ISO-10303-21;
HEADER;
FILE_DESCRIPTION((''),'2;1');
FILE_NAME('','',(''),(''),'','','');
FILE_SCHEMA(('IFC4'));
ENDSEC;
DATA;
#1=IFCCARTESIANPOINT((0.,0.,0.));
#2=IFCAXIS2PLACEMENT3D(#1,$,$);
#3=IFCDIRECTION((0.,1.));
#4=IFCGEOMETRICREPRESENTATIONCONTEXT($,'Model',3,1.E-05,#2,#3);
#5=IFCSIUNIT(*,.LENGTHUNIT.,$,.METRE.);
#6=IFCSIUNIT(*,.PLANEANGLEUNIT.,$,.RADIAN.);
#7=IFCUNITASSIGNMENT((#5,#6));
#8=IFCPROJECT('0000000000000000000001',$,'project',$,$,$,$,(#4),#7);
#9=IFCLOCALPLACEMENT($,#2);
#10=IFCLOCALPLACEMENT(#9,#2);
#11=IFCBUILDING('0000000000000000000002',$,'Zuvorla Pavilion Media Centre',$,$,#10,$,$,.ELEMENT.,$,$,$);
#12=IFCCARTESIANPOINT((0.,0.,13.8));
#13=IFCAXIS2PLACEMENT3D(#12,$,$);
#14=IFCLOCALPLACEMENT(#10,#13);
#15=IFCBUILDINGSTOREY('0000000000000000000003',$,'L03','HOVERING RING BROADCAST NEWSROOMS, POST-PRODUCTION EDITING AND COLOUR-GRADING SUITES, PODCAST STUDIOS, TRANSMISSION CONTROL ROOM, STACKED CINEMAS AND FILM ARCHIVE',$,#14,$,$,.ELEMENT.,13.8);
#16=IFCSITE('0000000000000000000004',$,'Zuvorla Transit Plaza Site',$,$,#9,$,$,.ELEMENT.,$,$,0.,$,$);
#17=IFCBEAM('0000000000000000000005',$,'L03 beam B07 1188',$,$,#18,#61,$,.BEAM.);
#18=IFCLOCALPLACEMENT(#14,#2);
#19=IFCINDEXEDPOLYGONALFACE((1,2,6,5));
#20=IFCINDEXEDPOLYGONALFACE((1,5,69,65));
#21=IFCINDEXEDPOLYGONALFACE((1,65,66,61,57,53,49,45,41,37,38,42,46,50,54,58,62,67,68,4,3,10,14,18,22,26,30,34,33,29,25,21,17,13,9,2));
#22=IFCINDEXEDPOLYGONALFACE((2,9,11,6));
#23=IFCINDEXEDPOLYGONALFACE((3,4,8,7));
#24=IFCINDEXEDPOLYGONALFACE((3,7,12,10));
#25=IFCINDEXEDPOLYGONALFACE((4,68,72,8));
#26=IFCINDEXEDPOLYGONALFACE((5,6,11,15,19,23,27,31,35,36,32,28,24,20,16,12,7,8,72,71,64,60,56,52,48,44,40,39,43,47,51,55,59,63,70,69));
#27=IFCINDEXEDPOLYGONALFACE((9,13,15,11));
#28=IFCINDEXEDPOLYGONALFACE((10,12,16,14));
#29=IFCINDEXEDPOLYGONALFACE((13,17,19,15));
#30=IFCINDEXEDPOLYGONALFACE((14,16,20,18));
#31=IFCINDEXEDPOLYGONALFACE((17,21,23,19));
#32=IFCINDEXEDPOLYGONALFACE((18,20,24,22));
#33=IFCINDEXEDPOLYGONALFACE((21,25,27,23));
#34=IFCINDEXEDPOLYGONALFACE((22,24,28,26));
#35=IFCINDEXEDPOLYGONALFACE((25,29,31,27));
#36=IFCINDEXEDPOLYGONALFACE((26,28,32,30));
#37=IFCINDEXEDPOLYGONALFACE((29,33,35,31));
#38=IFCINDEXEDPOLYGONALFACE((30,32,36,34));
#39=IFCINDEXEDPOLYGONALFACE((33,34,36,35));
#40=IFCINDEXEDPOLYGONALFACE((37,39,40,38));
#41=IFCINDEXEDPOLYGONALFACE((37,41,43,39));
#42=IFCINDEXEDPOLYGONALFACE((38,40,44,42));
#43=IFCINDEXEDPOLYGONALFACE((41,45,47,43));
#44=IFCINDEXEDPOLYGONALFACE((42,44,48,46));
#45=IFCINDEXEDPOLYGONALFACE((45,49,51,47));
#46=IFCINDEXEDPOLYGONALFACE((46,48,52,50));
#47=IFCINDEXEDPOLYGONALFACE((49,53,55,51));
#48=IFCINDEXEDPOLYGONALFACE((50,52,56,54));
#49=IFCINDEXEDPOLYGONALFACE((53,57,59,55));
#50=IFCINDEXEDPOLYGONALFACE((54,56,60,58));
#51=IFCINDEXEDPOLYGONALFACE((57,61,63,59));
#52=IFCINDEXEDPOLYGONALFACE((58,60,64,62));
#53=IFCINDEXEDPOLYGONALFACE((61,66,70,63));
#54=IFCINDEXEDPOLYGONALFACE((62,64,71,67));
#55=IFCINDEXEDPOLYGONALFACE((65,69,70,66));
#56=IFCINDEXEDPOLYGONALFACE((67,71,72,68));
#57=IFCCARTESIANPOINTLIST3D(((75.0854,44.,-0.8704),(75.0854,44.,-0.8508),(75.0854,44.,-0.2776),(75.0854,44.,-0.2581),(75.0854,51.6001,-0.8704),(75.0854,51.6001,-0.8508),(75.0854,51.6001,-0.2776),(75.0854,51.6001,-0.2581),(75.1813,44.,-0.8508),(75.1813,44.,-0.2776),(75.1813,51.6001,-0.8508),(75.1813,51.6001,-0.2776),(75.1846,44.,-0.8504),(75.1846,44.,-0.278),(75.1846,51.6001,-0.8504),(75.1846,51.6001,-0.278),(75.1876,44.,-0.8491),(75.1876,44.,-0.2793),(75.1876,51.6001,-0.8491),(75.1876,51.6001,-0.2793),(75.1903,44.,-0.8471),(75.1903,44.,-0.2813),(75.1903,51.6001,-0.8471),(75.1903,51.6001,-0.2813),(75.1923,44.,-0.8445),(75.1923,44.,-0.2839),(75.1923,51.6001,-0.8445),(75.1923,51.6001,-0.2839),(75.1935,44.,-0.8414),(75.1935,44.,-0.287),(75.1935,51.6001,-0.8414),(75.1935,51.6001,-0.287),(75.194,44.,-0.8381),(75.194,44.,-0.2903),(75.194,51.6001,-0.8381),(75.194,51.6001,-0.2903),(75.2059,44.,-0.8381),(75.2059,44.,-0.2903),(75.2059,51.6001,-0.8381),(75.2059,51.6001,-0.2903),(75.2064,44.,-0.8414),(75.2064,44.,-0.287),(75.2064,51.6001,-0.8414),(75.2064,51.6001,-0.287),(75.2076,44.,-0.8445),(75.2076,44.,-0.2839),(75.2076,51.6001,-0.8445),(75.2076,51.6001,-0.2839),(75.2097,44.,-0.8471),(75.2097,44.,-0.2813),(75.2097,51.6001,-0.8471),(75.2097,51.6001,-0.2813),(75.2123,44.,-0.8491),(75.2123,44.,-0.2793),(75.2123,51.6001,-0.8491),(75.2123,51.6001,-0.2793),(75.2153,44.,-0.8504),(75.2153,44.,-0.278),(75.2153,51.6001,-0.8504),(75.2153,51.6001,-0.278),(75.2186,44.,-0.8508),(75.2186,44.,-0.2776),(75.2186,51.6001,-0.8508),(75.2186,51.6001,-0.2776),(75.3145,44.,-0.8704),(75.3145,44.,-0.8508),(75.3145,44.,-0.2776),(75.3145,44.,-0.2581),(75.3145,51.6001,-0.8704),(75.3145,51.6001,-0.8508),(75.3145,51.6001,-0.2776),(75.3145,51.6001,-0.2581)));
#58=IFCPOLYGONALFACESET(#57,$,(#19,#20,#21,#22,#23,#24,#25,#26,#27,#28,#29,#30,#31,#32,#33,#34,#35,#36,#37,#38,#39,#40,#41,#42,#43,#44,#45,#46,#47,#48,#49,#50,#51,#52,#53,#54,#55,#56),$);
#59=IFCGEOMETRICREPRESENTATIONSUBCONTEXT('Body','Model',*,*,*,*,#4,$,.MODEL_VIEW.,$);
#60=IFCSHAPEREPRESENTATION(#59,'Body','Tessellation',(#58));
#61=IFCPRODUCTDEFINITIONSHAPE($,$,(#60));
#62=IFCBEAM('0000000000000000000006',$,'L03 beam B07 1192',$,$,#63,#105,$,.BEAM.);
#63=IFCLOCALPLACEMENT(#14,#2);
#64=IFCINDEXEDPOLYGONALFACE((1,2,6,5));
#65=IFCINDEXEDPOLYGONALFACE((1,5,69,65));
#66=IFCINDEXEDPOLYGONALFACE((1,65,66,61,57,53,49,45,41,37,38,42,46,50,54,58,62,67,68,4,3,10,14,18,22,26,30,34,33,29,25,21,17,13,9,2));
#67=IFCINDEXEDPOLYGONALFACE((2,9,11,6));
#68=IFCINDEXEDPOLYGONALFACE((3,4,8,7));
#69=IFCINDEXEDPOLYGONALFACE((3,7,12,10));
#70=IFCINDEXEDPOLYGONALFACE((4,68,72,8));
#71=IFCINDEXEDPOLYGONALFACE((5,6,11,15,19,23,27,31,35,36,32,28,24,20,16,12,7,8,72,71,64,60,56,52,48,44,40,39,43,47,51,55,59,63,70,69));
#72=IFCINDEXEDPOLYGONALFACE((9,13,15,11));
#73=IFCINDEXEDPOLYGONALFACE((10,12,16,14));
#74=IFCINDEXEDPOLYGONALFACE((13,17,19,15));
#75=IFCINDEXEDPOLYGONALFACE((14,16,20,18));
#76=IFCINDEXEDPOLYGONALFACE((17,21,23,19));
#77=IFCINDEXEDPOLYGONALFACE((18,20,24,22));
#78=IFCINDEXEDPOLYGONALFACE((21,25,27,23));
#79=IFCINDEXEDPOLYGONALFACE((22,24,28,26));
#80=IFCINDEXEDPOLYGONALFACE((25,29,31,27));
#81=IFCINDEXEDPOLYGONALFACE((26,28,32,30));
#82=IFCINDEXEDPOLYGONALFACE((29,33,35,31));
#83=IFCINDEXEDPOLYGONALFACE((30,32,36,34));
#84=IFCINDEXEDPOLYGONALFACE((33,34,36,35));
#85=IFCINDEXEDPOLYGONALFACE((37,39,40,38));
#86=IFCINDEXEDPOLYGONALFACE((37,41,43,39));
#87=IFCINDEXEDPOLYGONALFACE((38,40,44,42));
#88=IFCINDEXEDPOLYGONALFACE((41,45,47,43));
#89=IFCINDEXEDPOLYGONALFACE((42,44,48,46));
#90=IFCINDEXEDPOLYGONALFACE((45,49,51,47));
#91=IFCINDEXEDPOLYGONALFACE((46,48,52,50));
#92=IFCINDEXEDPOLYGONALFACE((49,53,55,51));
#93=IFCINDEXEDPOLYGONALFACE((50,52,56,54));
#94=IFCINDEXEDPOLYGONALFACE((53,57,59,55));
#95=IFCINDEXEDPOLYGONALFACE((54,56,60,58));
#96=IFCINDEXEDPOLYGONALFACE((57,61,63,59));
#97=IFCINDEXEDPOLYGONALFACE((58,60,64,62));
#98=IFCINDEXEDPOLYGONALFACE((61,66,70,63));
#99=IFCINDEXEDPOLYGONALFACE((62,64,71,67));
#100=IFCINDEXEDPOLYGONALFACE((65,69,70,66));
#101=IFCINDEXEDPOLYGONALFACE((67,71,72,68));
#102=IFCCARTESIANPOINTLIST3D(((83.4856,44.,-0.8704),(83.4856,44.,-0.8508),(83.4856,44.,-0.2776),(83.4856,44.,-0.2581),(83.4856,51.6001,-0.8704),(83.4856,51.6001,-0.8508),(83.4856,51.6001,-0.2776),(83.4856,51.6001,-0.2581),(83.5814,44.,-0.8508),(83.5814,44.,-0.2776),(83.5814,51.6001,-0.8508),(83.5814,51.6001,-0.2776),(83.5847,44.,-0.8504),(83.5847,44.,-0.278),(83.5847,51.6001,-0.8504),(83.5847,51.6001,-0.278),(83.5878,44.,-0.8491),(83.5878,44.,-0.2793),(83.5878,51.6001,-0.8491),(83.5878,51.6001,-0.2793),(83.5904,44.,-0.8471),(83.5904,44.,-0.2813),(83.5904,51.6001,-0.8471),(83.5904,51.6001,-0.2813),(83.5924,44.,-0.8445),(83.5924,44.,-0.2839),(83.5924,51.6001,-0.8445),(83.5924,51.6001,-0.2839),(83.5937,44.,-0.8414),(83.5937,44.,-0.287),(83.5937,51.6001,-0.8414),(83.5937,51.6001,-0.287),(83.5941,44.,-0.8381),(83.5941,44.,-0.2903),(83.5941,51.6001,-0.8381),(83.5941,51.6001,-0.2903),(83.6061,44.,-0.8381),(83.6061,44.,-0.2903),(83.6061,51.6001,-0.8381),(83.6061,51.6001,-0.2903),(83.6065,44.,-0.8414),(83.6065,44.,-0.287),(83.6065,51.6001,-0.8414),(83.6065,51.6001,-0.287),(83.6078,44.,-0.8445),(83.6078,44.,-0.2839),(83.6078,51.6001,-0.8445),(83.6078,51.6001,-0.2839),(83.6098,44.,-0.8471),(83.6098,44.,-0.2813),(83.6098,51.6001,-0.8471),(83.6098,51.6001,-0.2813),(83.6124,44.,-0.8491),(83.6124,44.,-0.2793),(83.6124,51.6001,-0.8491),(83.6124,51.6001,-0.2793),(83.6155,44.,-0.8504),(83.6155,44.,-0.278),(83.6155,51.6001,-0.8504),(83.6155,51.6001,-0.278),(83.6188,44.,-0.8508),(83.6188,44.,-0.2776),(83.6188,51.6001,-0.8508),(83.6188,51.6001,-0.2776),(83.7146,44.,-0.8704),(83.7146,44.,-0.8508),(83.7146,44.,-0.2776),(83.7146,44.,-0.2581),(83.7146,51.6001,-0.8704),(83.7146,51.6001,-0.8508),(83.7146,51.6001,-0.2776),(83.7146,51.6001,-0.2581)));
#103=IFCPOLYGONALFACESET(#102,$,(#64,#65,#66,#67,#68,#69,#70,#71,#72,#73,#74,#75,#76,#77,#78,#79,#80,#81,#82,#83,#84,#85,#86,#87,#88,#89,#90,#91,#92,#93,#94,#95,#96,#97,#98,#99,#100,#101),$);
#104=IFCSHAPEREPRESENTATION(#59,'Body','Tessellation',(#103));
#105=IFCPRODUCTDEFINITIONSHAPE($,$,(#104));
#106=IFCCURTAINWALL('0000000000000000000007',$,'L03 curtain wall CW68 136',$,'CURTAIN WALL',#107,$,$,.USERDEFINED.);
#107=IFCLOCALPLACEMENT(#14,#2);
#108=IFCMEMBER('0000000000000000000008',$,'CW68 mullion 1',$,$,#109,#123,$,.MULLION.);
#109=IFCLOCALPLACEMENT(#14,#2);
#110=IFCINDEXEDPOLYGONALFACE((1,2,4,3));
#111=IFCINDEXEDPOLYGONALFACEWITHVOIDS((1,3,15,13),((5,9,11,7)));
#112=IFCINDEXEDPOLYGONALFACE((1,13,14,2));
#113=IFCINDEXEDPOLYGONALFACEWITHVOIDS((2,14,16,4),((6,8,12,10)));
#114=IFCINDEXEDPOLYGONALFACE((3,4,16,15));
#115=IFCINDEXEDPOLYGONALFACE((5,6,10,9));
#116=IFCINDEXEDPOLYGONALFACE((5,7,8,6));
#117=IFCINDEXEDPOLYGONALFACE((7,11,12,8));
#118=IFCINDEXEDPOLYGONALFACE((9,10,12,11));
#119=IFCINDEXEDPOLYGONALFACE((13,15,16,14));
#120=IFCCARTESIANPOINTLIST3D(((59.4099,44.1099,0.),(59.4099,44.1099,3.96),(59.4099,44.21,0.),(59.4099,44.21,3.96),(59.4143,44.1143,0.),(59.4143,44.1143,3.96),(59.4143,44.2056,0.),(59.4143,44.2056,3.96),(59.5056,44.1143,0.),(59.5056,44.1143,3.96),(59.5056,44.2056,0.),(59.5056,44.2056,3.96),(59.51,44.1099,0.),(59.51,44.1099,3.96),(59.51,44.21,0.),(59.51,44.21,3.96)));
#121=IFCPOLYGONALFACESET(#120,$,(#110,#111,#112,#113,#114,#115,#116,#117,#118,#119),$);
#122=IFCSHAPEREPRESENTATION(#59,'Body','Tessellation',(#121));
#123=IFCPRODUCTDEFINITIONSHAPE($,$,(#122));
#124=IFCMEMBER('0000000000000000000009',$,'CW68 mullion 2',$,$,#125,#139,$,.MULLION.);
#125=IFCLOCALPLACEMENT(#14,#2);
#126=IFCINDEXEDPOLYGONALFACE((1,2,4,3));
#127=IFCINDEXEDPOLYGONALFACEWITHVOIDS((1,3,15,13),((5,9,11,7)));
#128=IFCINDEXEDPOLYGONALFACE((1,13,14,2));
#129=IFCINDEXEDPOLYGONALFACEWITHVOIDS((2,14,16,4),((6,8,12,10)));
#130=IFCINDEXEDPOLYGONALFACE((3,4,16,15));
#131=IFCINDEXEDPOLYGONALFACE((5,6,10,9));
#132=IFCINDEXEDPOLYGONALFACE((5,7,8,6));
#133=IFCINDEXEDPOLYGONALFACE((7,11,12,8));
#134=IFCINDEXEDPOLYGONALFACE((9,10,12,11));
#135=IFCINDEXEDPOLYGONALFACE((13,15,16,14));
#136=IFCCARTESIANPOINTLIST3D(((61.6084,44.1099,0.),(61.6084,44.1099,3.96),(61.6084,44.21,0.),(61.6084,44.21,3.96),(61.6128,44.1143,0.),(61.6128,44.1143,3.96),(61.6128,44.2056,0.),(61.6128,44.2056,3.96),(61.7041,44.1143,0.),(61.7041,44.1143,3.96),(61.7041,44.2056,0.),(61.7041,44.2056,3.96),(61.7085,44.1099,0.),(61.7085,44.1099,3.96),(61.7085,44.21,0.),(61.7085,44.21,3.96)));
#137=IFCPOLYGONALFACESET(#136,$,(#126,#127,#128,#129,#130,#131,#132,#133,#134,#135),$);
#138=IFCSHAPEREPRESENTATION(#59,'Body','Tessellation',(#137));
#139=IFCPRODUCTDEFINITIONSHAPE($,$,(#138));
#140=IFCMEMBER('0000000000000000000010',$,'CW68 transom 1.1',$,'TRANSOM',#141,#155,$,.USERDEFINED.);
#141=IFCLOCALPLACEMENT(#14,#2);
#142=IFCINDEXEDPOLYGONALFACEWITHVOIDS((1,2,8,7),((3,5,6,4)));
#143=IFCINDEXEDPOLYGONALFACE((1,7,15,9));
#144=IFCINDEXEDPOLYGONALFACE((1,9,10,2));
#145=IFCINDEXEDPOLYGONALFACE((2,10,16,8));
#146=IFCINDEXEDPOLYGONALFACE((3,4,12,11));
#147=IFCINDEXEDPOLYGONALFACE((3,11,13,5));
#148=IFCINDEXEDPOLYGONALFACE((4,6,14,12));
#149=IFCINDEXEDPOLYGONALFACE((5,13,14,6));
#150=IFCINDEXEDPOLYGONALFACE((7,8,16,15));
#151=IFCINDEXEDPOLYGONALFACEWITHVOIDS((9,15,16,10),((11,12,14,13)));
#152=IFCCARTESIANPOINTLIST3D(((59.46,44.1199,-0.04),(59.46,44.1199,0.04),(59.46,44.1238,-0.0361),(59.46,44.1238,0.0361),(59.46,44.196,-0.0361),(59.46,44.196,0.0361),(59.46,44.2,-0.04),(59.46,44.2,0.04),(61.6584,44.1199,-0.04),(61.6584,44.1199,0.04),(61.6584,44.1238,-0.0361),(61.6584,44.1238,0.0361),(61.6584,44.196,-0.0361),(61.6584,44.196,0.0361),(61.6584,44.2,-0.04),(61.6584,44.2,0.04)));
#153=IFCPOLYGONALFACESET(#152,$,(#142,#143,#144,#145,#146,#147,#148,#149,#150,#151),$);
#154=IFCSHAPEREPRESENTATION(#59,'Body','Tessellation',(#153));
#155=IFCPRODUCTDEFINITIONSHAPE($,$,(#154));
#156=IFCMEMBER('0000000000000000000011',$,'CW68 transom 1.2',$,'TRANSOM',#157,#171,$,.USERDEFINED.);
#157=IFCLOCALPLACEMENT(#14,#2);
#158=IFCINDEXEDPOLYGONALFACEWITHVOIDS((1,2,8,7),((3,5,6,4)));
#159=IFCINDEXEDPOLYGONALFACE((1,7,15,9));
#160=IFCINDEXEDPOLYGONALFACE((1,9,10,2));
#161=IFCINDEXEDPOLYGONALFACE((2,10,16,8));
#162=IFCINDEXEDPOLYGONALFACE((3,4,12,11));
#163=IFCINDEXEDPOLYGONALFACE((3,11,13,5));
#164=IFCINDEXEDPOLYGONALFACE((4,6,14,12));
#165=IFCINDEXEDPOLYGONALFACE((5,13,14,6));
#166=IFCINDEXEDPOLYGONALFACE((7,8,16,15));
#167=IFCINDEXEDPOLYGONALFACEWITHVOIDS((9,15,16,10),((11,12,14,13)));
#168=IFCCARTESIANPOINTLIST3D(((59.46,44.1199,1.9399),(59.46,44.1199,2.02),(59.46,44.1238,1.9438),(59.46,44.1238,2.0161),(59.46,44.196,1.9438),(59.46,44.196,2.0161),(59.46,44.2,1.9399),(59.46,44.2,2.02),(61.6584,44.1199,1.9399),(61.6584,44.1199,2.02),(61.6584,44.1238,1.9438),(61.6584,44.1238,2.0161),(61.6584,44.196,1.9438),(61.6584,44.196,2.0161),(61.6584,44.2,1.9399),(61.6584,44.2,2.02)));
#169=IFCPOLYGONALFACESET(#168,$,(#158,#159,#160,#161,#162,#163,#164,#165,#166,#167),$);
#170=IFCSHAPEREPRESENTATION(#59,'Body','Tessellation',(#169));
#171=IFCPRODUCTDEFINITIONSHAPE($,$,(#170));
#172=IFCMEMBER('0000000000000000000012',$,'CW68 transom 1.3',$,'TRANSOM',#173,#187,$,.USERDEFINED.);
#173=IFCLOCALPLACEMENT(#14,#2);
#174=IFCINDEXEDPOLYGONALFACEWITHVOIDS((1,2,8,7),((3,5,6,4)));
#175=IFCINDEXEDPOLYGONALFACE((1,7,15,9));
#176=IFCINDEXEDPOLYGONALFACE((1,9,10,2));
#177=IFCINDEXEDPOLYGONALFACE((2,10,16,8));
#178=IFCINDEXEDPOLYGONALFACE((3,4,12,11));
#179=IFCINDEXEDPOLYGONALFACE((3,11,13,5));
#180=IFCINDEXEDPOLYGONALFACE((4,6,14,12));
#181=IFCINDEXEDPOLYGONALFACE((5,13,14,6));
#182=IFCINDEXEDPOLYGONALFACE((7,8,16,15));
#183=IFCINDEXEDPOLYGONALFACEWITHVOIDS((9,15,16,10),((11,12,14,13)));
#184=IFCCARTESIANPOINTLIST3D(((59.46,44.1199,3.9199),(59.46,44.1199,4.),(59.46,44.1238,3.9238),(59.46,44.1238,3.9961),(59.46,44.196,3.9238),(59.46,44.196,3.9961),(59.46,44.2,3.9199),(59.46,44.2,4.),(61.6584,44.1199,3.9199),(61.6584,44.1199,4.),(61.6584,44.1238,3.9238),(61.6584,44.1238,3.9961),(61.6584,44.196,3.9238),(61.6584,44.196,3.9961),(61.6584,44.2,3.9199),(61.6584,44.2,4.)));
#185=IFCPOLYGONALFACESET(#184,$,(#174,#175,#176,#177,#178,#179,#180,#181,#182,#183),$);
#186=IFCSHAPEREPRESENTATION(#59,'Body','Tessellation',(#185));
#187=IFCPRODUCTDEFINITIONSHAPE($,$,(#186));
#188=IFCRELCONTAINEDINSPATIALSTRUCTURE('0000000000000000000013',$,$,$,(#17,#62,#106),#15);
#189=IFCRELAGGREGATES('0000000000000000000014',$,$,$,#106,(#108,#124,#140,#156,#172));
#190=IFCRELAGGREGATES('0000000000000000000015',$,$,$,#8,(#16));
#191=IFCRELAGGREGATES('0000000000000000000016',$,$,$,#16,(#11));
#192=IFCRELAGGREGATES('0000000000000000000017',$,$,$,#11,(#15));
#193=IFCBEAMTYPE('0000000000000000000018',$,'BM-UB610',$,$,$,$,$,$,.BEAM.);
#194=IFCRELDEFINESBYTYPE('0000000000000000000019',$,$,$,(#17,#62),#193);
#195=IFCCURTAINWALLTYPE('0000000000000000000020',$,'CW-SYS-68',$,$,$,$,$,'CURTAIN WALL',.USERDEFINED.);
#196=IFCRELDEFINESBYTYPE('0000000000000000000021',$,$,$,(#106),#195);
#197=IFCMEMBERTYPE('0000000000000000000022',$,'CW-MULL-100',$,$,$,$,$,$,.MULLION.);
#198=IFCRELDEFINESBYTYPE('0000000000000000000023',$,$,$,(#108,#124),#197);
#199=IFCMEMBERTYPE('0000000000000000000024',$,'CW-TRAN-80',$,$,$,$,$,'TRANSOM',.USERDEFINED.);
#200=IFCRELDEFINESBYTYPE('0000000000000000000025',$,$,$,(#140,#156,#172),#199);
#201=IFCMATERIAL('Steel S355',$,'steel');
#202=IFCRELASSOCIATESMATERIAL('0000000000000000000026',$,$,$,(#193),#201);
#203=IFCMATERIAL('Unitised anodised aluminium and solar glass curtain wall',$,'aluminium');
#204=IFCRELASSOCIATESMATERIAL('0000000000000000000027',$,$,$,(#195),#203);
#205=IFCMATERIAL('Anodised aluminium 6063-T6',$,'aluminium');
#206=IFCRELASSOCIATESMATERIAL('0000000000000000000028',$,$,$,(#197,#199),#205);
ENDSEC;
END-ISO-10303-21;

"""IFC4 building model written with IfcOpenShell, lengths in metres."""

from ifc_helpers import new_model, si_unit, direction, frame, origin, origin_2d, place, context, subcontext, project, spatial, hollow_rectangle, i_section, extrude, material, material_profile, profile_set, type_object, element, aggregate, save


model = new_model("IFC4")

# Units and contexts
model_context = context("Model", 3, precision=1e-05, world=origin(), true_north=direction((0.0, 1.0)))
body_context = subcontext(model_context, "Body", "Model", "MODEL_VIEW")
ifc_project = project(units=[si_unit("LENGTHUNIT", "METRE"), si_unit("PLANEANGLEUNIT", "RADIAN")], contexts=[model_context])

# Site, building, storey
site_placement = place(None, origin())
site = spatial("IfcSite", under=ifc_project, at=site_placement, Name="Zuvorla Transit Plaza Site", CompositionType="ELEMENT", RefElevation=0.0)
building_placement = place(site_placement, origin())
building = spatial("IfcBuilding", under=site, at=building_placement, Name="Zuvorla Pavilion Media Centre", CompositionType="ELEMENT")
storey_placement = place(building_placement, frame((0.0, 0.0, 13.8)))
storey = spatial("IfcBuildingStorey", under=building, at=storey_placement, Name="L03", Description="HOVERING RING BROADCAST NEWSROOMS, POST-PRODUCTION EDITING AND COLOUR-GRADING SUITES, PODCAST STUDIOS, TRANSMISSION CONTROL ROOM, STACKED CINEMAS AND FILM ARCHIVE", CompositionType="ELEMENT", Elevation=13.8)

# Beams
ifc_material_1 = material(Name="Steel S355", Category="steel")
ifc_material_profile_1 = material_profile(ifc_material_1, i_section(OverallWidth=0.229, OverallDepth=0.6123, WebThickness=0.012, FlangeThickness=0.0195, FilletRadius=0.0127, at=origin_2d()), Name="UB 610x229x125")
ifc_profile_set_1 = profile_set([ifc_material_profile_1], Name="Steel S355")
beam_type_1 = type_object("IfcBeamType", Name="BM-UB610", PredefinedType="BEAM", material=ifc_profile_set_1)
for number, where, z_axis, x_axis, name in (
    (1, (75.2, 44.0, -0.5642), (0.0, 1.0, 0.0), (-1.0, 0.0, 0.0), "L03 beam B07 1188"),
    (2, (83.6001, 44.0, -0.5642), (0.0, 1.0, 0.0), (-1.0, 0.0, 0.0), "L03 beam B07 1192"),
):
    element("IfcBeam", number, at=place(storey_placement, frame(where, z_axis=z_axis, x_axis=x_axis)), inside=storey, type_object=beam_type_1, Name=name, PredefinedType="BEAM", context=body_context, shape_type="SweptSolid", body=[
        extrude(i_section(OverallWidth=0.229, OverallDepth=0.6123, WebThickness=0.012, FlangeThickness=0.0195, FilletRadius=0.0127, at=origin_2d()), origin(), (0.0, 0.0, 1.0), 7.6001),
    ])

# Curtain wall, members
ifc_material_2 = material(Name="Unitised anodised aluminium and solar glass curtain wall", Category="aluminium")
curtain_wall_type = type_object("IfcCurtainWallType", Name="CW-SYS-68", ElementType="CURTAIN WALL", PredefinedType="USERDEFINED", material=ifc_material_2)
curtain_wall_placement = place(storey_placement, origin())
curtain_wall = element("IfcCurtainWall", 3, at=curtain_wall_placement, inside=storey, type_object=curtain_wall_type, Name="L03 curtain wall CW68 136", ObjectType="CURTAIN WALL", PredefinedType="USERDEFINED")
ifc_material_3 = material(Name="Anodised aluminium 6063-T6", Category="aluminium")
ifc_material_profile_2 = material_profile(ifc_material_3, hollow_rectangle(XDim=0.1001, YDim=0.1001, WallThickness=0.0044, at=origin_2d()), Name="ALU MULL 100x100")
ifc_profile_set_2 = profile_set([ifc_material_profile_2], Name="Anodised aluminium 6063-T6")
member_type_1 = type_object("IfcMemberType", Name="CW-MULL-100", PredefinedType="MULLION", material=ifc_profile_set_2)
member_1_placement = place(storey_placement, frame((59.46, 44.1599, 0.0), z_axis=(0.0, 0.0, 1.0), x_axis=(1.0, 0.0, 0.0)))
member_1 = element("IfcMember", 4, at=member_1_placement, type_object=member_type_1, Name="CW68 mullion 1", PredefinedType="MULLION", context=body_context, shape_type="SweptSolid", body=[
    extrude(hollow_rectangle(XDim=0.1001, YDim=0.1001, WallThickness=0.0044, at=origin_2d()), origin(), (0.0, 0.0, 1.0), 3.96),
])
member_2_placement = place(storey_placement, frame((61.6584, 44.1599, 0.0), z_axis=(0.0, 0.0, 1.0), x_axis=(1.0, 0.0, 0.0)))
member_2 = element("IfcMember", 5, at=member_2_placement, type_object=member_type_1, Name="CW68 mullion 2", PredefinedType="MULLION", context=body_context, shape_type="SweptSolid", body=[
    extrude(hollow_rectangle(XDim=0.1001, YDim=0.1001, WallThickness=0.0044, at=origin_2d()), origin(), (0.0, 0.0, 1.0), 3.96),
])
ifc_material_profile_3 = material_profile(ifc_material_3, hollow_rectangle(XDim=0.0801, YDim=0.0801, WallThickness=0.0039, at=origin_2d()), Name="ALU TRAN 80x80")
ifc_profile_set_3 = profile_set([ifc_material_profile_3], Name="Anodised aluminium 6063-T6")
member_type_2 = type_object("IfcMemberType", Name="CW-TRAN-80", ElementType="TRANSOM", PredefinedType="USERDEFINED", material=ifc_profile_set_3)
member_3_placement = place(storey_placement, frame((59.46, 44.1599, 0.0), z_axis=(1.0, 0.0, 0.0), x_axis=(0.0, 1.0, 0.0)))
member_3 = element("IfcMember", 6, at=member_3_placement, type_object=member_type_2, Name="CW68 transom 1.1", ObjectType="TRANSOM", PredefinedType="USERDEFINED", context=body_context, shape_type="SweptSolid", body=[
    extrude(hollow_rectangle(XDim=0.0801, YDim=0.0801, WallThickness=0.0039, at=origin_2d()), origin(), (0.0, 0.0, 1.0), 2.1985),
])
member_4_placement = place(storey_placement, frame((59.46, 44.1599, 1.98), z_axis=(1.0, 0.0, 0.0), x_axis=(0.0, 1.0, 0.0)))
member_4 = element("IfcMember", 7, at=member_4_placement, type_object=member_type_2, Name="CW68 transom 1.2", ObjectType="TRANSOM", PredefinedType="USERDEFINED", context=body_context, shape_type="SweptSolid", body=[
    extrude(hollow_rectangle(XDim=0.0801, YDim=0.0801, WallThickness=0.0039, at=origin_2d()), origin(), (0.0, 0.0, 1.0), 2.1985),
])
member_5_placement = place(storey_placement, frame((59.46, 44.1599, 3.96), z_axis=(1.0, 0.0, 0.0), x_axis=(0.0, 1.0, 0.0)))
member_5 = element("IfcMember", 8, at=member_5_placement, type_object=member_type_2, Name="CW68 transom 1.3", ObjectType="TRANSOM", PredefinedType="USERDEFINED", context=body_context, shape_type="SweptSolid", body=[
    extrude(hollow_rectangle(XDim=0.0801, YDim=0.0801, WallThickness=0.0039, at=origin_2d()), origin(), (0.0, 0.0, 1.0), 2.1985),
])
aggregate(curtain_wall, [member_1, member_2, member_3, member_4, member_5])

save(model, "model.ifc")
